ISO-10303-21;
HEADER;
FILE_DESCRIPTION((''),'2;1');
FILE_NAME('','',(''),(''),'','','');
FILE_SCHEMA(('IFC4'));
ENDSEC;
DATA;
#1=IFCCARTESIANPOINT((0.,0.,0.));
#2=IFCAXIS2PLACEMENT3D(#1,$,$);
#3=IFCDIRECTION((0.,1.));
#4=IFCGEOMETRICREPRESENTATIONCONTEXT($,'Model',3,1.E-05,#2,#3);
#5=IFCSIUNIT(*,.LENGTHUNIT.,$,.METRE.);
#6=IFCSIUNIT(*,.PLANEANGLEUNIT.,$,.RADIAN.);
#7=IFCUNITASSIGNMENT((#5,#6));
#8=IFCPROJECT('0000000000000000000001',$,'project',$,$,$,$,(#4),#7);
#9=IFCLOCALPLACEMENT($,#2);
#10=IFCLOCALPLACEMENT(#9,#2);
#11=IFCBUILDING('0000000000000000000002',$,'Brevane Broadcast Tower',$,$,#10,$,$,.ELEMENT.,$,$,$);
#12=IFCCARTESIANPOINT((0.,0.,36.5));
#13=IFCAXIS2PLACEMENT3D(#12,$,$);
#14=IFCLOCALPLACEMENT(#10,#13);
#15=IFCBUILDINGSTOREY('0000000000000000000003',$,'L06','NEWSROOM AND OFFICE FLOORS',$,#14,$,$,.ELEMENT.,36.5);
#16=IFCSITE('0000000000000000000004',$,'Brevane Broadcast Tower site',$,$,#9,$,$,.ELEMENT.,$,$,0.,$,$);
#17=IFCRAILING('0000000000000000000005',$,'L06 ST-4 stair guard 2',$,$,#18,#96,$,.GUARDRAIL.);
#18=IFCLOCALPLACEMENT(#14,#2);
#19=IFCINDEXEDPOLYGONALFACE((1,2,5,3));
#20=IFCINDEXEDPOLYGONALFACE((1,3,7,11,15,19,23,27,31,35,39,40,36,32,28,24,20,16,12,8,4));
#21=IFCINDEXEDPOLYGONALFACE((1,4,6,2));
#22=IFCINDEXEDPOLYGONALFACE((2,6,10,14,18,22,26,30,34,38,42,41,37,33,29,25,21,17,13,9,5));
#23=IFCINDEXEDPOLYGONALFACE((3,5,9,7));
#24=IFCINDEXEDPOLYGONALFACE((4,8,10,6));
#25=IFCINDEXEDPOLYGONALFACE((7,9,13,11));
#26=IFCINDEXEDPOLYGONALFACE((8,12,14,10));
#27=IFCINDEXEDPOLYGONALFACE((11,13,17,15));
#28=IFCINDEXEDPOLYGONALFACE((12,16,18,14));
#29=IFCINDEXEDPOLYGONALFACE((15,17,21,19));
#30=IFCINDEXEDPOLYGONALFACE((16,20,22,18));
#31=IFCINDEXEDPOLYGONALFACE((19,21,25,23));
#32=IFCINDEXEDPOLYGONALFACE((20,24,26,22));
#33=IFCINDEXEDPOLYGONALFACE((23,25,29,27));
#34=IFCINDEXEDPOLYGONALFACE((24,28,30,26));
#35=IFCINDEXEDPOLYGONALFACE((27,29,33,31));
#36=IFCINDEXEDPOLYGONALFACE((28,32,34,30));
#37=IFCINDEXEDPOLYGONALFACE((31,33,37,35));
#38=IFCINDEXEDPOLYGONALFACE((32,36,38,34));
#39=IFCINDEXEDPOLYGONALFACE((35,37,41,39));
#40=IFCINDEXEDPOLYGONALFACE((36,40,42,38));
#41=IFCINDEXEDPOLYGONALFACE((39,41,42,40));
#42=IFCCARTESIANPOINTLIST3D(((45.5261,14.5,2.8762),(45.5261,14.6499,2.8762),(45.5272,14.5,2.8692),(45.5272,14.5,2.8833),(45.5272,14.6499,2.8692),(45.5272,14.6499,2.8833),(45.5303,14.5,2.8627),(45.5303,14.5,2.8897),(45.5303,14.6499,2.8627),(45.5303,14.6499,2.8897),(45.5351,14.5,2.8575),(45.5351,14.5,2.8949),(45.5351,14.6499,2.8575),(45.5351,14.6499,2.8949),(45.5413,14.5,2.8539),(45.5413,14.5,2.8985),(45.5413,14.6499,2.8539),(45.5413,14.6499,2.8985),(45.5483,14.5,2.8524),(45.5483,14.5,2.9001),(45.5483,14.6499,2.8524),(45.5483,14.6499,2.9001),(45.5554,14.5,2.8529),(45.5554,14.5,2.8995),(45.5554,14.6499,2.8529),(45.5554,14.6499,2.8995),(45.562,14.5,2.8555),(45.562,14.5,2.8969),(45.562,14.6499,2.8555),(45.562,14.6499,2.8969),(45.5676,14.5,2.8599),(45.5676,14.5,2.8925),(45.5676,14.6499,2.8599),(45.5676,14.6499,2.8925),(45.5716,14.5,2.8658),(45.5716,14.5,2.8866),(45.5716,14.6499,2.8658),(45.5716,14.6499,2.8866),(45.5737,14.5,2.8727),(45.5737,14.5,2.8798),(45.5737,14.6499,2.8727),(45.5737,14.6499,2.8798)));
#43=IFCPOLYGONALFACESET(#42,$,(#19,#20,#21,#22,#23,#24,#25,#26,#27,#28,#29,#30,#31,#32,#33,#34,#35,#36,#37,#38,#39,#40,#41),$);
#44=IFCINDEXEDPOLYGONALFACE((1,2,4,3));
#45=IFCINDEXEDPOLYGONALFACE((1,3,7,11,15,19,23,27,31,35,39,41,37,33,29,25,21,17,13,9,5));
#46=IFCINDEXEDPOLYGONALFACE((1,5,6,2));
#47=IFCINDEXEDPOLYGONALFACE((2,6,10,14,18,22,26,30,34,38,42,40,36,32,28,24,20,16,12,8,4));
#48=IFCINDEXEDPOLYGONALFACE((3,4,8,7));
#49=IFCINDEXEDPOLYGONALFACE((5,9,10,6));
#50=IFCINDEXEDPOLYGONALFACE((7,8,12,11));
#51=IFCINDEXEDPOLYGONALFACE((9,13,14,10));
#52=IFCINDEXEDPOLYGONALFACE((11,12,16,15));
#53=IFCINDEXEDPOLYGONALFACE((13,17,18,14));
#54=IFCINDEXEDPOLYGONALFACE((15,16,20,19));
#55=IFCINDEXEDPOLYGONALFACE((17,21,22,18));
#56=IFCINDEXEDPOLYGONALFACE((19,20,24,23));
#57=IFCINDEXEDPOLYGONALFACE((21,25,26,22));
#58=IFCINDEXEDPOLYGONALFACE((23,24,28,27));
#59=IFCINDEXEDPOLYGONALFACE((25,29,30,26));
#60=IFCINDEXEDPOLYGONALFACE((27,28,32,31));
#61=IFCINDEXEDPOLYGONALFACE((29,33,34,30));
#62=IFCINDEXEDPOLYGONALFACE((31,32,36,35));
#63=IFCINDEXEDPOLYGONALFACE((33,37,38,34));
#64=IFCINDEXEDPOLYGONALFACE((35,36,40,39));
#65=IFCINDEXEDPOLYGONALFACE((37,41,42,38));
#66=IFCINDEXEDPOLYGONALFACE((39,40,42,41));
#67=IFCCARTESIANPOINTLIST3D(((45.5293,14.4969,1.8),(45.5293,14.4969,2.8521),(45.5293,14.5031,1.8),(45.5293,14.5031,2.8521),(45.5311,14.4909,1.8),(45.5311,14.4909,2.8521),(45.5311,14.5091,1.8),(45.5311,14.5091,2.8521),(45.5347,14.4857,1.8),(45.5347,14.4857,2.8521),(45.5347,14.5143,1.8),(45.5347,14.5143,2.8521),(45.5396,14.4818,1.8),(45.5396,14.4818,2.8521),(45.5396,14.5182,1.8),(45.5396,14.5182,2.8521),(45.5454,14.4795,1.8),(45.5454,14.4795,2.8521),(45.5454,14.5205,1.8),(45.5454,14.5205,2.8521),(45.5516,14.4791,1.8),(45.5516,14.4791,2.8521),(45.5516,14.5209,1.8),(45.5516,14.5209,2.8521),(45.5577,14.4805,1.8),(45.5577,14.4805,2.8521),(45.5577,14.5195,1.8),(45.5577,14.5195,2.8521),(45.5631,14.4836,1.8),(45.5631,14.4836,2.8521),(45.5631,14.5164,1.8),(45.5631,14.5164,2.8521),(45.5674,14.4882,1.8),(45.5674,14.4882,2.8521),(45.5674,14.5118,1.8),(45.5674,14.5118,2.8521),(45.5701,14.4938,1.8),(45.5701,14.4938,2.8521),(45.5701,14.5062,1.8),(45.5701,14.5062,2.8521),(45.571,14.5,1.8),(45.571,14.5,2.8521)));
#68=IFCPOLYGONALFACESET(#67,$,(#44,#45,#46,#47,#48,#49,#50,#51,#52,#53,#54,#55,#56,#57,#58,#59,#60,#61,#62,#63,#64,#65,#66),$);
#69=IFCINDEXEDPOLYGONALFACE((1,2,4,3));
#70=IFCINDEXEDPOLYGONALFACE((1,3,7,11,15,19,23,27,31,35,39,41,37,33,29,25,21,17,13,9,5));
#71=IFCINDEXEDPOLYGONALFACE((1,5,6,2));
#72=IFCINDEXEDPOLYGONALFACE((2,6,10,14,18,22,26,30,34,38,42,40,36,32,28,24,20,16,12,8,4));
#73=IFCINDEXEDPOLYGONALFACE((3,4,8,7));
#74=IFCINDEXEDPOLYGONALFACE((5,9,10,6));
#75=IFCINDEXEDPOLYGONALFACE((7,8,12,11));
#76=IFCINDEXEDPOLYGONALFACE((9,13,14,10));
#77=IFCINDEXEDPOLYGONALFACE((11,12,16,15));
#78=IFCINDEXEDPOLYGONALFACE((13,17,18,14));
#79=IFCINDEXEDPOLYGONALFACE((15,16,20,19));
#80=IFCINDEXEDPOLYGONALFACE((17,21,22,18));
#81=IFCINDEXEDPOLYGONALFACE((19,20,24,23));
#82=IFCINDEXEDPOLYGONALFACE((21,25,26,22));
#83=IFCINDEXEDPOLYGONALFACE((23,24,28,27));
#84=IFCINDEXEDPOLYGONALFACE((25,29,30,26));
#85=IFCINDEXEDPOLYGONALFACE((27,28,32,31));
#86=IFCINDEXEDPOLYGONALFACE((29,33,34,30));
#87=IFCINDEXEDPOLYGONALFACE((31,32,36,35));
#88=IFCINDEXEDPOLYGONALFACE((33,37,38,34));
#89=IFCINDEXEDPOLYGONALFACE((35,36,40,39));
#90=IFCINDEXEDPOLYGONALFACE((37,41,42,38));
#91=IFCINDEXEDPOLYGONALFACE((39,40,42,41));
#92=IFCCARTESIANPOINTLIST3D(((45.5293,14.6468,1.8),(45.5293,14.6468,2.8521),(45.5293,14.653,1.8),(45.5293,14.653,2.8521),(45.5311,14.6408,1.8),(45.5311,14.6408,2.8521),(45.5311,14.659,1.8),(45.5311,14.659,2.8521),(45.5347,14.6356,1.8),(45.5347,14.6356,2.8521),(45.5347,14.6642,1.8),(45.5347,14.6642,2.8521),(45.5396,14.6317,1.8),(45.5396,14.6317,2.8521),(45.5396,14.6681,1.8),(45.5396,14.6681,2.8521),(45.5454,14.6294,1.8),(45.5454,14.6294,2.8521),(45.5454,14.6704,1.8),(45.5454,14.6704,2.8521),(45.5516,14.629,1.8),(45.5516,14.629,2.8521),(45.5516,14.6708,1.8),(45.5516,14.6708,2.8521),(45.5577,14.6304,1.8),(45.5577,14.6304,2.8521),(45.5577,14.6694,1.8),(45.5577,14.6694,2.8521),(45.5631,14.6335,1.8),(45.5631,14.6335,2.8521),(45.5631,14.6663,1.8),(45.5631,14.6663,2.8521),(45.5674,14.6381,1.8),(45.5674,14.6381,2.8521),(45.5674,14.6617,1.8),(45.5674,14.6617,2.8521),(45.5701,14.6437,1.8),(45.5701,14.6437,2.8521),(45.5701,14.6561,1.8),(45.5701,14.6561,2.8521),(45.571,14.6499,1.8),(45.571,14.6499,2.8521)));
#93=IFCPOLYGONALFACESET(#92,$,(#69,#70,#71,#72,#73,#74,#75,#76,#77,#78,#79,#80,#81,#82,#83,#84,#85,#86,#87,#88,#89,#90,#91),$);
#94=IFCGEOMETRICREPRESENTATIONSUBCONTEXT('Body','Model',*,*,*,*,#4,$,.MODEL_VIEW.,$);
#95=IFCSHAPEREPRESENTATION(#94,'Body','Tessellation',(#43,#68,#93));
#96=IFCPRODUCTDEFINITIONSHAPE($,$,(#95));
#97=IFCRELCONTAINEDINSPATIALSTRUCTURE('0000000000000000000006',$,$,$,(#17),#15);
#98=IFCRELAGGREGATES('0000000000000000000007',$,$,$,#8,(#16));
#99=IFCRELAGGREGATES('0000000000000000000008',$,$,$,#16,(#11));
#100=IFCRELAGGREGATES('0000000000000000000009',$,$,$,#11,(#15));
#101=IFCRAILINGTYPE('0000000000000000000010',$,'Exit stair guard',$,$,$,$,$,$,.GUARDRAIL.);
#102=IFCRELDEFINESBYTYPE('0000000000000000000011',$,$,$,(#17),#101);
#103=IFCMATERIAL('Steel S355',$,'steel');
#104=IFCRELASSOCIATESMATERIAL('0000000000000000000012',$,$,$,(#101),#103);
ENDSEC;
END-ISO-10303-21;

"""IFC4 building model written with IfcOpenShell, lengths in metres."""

from ifc_helpers import new_model, si_unit, direction, frame, origin, origin_2d, place, context, subcontext, project, spatial, circle, extrude, material, type_object, element, save


model = new_model("IFC4")

# Units and contexts
model_context = context("Model", 3, precision=1e-05, world=origin(), true_north=direction((0.0, 1.0)))
body_context = subcontext(model_context, "Body", "Model", "MODEL_VIEW")
ifc_project = project(units=[si_unit("LENGTHUNIT", "METRE"), si_unit("PLANEANGLEUNIT", "RADIAN")], contexts=[model_context])

# Site, building, storey
site_placement = place(None, origin())
site = spatial("IfcSite", under=ifc_project, at=site_placement, Name="Brevane Broadcast Tower site", CompositionType="ELEMENT", RefElevation=0.0)
building_placement = place(site_placement, origin())
building = spatial("IfcBuilding", under=site, at=building_placement, Name="Brevane Broadcast Tower", CompositionType="ELEMENT")
storey_placement = place(building_placement, frame((0.0, 0.0, 36.5)))
storey = spatial("IfcBuildingStorey", under=building, at=storey_placement, Name="L06", Description="NEWSROOM AND OFFICE FLOORS", CompositionType="ELEMENT", Elevation=36.5)

# Railing
ifc_material_1 = material(Name="Steel S355", Category="steel")
railing_type_1 = type_object("IfcRailingType", Name="Exit stair guard", PredefinedType="GUARDRAIL", material=ifc_material_1)
railing_1_placement = place(storey_placement, frame((45.55, 14.5, 1.8)))
element("IfcRailing", 1, at=railing_1_placement, inside=storey, type_object=railing_type_1, Name="L06 ST-4 stair guard 2", PredefinedType="GUARDRAIL", context=body_context, shape_type="SweptSolid", body=[
    extrude(circle(Radius=0.0239, at=origin_2d()), frame((0.0, 0.0, 1.0762), z_axis=(0.0, 1.0, 0.0), x_axis=(-1.0, 0.0, 0.0)), (0.0, 0.0, 1.0), 0.1499),
    extrude(circle(Radius=0.021, at=origin_2d()), origin(), (0.0, 0.0, 1.0), 1.052),
    extrude(circle(Radius=0.021, at=origin_2d()), frame((0.0, 0.1499, 0.0)), (0.0, 0.0, 1.0), 1.052),
])

save(model, "model.ifc")
